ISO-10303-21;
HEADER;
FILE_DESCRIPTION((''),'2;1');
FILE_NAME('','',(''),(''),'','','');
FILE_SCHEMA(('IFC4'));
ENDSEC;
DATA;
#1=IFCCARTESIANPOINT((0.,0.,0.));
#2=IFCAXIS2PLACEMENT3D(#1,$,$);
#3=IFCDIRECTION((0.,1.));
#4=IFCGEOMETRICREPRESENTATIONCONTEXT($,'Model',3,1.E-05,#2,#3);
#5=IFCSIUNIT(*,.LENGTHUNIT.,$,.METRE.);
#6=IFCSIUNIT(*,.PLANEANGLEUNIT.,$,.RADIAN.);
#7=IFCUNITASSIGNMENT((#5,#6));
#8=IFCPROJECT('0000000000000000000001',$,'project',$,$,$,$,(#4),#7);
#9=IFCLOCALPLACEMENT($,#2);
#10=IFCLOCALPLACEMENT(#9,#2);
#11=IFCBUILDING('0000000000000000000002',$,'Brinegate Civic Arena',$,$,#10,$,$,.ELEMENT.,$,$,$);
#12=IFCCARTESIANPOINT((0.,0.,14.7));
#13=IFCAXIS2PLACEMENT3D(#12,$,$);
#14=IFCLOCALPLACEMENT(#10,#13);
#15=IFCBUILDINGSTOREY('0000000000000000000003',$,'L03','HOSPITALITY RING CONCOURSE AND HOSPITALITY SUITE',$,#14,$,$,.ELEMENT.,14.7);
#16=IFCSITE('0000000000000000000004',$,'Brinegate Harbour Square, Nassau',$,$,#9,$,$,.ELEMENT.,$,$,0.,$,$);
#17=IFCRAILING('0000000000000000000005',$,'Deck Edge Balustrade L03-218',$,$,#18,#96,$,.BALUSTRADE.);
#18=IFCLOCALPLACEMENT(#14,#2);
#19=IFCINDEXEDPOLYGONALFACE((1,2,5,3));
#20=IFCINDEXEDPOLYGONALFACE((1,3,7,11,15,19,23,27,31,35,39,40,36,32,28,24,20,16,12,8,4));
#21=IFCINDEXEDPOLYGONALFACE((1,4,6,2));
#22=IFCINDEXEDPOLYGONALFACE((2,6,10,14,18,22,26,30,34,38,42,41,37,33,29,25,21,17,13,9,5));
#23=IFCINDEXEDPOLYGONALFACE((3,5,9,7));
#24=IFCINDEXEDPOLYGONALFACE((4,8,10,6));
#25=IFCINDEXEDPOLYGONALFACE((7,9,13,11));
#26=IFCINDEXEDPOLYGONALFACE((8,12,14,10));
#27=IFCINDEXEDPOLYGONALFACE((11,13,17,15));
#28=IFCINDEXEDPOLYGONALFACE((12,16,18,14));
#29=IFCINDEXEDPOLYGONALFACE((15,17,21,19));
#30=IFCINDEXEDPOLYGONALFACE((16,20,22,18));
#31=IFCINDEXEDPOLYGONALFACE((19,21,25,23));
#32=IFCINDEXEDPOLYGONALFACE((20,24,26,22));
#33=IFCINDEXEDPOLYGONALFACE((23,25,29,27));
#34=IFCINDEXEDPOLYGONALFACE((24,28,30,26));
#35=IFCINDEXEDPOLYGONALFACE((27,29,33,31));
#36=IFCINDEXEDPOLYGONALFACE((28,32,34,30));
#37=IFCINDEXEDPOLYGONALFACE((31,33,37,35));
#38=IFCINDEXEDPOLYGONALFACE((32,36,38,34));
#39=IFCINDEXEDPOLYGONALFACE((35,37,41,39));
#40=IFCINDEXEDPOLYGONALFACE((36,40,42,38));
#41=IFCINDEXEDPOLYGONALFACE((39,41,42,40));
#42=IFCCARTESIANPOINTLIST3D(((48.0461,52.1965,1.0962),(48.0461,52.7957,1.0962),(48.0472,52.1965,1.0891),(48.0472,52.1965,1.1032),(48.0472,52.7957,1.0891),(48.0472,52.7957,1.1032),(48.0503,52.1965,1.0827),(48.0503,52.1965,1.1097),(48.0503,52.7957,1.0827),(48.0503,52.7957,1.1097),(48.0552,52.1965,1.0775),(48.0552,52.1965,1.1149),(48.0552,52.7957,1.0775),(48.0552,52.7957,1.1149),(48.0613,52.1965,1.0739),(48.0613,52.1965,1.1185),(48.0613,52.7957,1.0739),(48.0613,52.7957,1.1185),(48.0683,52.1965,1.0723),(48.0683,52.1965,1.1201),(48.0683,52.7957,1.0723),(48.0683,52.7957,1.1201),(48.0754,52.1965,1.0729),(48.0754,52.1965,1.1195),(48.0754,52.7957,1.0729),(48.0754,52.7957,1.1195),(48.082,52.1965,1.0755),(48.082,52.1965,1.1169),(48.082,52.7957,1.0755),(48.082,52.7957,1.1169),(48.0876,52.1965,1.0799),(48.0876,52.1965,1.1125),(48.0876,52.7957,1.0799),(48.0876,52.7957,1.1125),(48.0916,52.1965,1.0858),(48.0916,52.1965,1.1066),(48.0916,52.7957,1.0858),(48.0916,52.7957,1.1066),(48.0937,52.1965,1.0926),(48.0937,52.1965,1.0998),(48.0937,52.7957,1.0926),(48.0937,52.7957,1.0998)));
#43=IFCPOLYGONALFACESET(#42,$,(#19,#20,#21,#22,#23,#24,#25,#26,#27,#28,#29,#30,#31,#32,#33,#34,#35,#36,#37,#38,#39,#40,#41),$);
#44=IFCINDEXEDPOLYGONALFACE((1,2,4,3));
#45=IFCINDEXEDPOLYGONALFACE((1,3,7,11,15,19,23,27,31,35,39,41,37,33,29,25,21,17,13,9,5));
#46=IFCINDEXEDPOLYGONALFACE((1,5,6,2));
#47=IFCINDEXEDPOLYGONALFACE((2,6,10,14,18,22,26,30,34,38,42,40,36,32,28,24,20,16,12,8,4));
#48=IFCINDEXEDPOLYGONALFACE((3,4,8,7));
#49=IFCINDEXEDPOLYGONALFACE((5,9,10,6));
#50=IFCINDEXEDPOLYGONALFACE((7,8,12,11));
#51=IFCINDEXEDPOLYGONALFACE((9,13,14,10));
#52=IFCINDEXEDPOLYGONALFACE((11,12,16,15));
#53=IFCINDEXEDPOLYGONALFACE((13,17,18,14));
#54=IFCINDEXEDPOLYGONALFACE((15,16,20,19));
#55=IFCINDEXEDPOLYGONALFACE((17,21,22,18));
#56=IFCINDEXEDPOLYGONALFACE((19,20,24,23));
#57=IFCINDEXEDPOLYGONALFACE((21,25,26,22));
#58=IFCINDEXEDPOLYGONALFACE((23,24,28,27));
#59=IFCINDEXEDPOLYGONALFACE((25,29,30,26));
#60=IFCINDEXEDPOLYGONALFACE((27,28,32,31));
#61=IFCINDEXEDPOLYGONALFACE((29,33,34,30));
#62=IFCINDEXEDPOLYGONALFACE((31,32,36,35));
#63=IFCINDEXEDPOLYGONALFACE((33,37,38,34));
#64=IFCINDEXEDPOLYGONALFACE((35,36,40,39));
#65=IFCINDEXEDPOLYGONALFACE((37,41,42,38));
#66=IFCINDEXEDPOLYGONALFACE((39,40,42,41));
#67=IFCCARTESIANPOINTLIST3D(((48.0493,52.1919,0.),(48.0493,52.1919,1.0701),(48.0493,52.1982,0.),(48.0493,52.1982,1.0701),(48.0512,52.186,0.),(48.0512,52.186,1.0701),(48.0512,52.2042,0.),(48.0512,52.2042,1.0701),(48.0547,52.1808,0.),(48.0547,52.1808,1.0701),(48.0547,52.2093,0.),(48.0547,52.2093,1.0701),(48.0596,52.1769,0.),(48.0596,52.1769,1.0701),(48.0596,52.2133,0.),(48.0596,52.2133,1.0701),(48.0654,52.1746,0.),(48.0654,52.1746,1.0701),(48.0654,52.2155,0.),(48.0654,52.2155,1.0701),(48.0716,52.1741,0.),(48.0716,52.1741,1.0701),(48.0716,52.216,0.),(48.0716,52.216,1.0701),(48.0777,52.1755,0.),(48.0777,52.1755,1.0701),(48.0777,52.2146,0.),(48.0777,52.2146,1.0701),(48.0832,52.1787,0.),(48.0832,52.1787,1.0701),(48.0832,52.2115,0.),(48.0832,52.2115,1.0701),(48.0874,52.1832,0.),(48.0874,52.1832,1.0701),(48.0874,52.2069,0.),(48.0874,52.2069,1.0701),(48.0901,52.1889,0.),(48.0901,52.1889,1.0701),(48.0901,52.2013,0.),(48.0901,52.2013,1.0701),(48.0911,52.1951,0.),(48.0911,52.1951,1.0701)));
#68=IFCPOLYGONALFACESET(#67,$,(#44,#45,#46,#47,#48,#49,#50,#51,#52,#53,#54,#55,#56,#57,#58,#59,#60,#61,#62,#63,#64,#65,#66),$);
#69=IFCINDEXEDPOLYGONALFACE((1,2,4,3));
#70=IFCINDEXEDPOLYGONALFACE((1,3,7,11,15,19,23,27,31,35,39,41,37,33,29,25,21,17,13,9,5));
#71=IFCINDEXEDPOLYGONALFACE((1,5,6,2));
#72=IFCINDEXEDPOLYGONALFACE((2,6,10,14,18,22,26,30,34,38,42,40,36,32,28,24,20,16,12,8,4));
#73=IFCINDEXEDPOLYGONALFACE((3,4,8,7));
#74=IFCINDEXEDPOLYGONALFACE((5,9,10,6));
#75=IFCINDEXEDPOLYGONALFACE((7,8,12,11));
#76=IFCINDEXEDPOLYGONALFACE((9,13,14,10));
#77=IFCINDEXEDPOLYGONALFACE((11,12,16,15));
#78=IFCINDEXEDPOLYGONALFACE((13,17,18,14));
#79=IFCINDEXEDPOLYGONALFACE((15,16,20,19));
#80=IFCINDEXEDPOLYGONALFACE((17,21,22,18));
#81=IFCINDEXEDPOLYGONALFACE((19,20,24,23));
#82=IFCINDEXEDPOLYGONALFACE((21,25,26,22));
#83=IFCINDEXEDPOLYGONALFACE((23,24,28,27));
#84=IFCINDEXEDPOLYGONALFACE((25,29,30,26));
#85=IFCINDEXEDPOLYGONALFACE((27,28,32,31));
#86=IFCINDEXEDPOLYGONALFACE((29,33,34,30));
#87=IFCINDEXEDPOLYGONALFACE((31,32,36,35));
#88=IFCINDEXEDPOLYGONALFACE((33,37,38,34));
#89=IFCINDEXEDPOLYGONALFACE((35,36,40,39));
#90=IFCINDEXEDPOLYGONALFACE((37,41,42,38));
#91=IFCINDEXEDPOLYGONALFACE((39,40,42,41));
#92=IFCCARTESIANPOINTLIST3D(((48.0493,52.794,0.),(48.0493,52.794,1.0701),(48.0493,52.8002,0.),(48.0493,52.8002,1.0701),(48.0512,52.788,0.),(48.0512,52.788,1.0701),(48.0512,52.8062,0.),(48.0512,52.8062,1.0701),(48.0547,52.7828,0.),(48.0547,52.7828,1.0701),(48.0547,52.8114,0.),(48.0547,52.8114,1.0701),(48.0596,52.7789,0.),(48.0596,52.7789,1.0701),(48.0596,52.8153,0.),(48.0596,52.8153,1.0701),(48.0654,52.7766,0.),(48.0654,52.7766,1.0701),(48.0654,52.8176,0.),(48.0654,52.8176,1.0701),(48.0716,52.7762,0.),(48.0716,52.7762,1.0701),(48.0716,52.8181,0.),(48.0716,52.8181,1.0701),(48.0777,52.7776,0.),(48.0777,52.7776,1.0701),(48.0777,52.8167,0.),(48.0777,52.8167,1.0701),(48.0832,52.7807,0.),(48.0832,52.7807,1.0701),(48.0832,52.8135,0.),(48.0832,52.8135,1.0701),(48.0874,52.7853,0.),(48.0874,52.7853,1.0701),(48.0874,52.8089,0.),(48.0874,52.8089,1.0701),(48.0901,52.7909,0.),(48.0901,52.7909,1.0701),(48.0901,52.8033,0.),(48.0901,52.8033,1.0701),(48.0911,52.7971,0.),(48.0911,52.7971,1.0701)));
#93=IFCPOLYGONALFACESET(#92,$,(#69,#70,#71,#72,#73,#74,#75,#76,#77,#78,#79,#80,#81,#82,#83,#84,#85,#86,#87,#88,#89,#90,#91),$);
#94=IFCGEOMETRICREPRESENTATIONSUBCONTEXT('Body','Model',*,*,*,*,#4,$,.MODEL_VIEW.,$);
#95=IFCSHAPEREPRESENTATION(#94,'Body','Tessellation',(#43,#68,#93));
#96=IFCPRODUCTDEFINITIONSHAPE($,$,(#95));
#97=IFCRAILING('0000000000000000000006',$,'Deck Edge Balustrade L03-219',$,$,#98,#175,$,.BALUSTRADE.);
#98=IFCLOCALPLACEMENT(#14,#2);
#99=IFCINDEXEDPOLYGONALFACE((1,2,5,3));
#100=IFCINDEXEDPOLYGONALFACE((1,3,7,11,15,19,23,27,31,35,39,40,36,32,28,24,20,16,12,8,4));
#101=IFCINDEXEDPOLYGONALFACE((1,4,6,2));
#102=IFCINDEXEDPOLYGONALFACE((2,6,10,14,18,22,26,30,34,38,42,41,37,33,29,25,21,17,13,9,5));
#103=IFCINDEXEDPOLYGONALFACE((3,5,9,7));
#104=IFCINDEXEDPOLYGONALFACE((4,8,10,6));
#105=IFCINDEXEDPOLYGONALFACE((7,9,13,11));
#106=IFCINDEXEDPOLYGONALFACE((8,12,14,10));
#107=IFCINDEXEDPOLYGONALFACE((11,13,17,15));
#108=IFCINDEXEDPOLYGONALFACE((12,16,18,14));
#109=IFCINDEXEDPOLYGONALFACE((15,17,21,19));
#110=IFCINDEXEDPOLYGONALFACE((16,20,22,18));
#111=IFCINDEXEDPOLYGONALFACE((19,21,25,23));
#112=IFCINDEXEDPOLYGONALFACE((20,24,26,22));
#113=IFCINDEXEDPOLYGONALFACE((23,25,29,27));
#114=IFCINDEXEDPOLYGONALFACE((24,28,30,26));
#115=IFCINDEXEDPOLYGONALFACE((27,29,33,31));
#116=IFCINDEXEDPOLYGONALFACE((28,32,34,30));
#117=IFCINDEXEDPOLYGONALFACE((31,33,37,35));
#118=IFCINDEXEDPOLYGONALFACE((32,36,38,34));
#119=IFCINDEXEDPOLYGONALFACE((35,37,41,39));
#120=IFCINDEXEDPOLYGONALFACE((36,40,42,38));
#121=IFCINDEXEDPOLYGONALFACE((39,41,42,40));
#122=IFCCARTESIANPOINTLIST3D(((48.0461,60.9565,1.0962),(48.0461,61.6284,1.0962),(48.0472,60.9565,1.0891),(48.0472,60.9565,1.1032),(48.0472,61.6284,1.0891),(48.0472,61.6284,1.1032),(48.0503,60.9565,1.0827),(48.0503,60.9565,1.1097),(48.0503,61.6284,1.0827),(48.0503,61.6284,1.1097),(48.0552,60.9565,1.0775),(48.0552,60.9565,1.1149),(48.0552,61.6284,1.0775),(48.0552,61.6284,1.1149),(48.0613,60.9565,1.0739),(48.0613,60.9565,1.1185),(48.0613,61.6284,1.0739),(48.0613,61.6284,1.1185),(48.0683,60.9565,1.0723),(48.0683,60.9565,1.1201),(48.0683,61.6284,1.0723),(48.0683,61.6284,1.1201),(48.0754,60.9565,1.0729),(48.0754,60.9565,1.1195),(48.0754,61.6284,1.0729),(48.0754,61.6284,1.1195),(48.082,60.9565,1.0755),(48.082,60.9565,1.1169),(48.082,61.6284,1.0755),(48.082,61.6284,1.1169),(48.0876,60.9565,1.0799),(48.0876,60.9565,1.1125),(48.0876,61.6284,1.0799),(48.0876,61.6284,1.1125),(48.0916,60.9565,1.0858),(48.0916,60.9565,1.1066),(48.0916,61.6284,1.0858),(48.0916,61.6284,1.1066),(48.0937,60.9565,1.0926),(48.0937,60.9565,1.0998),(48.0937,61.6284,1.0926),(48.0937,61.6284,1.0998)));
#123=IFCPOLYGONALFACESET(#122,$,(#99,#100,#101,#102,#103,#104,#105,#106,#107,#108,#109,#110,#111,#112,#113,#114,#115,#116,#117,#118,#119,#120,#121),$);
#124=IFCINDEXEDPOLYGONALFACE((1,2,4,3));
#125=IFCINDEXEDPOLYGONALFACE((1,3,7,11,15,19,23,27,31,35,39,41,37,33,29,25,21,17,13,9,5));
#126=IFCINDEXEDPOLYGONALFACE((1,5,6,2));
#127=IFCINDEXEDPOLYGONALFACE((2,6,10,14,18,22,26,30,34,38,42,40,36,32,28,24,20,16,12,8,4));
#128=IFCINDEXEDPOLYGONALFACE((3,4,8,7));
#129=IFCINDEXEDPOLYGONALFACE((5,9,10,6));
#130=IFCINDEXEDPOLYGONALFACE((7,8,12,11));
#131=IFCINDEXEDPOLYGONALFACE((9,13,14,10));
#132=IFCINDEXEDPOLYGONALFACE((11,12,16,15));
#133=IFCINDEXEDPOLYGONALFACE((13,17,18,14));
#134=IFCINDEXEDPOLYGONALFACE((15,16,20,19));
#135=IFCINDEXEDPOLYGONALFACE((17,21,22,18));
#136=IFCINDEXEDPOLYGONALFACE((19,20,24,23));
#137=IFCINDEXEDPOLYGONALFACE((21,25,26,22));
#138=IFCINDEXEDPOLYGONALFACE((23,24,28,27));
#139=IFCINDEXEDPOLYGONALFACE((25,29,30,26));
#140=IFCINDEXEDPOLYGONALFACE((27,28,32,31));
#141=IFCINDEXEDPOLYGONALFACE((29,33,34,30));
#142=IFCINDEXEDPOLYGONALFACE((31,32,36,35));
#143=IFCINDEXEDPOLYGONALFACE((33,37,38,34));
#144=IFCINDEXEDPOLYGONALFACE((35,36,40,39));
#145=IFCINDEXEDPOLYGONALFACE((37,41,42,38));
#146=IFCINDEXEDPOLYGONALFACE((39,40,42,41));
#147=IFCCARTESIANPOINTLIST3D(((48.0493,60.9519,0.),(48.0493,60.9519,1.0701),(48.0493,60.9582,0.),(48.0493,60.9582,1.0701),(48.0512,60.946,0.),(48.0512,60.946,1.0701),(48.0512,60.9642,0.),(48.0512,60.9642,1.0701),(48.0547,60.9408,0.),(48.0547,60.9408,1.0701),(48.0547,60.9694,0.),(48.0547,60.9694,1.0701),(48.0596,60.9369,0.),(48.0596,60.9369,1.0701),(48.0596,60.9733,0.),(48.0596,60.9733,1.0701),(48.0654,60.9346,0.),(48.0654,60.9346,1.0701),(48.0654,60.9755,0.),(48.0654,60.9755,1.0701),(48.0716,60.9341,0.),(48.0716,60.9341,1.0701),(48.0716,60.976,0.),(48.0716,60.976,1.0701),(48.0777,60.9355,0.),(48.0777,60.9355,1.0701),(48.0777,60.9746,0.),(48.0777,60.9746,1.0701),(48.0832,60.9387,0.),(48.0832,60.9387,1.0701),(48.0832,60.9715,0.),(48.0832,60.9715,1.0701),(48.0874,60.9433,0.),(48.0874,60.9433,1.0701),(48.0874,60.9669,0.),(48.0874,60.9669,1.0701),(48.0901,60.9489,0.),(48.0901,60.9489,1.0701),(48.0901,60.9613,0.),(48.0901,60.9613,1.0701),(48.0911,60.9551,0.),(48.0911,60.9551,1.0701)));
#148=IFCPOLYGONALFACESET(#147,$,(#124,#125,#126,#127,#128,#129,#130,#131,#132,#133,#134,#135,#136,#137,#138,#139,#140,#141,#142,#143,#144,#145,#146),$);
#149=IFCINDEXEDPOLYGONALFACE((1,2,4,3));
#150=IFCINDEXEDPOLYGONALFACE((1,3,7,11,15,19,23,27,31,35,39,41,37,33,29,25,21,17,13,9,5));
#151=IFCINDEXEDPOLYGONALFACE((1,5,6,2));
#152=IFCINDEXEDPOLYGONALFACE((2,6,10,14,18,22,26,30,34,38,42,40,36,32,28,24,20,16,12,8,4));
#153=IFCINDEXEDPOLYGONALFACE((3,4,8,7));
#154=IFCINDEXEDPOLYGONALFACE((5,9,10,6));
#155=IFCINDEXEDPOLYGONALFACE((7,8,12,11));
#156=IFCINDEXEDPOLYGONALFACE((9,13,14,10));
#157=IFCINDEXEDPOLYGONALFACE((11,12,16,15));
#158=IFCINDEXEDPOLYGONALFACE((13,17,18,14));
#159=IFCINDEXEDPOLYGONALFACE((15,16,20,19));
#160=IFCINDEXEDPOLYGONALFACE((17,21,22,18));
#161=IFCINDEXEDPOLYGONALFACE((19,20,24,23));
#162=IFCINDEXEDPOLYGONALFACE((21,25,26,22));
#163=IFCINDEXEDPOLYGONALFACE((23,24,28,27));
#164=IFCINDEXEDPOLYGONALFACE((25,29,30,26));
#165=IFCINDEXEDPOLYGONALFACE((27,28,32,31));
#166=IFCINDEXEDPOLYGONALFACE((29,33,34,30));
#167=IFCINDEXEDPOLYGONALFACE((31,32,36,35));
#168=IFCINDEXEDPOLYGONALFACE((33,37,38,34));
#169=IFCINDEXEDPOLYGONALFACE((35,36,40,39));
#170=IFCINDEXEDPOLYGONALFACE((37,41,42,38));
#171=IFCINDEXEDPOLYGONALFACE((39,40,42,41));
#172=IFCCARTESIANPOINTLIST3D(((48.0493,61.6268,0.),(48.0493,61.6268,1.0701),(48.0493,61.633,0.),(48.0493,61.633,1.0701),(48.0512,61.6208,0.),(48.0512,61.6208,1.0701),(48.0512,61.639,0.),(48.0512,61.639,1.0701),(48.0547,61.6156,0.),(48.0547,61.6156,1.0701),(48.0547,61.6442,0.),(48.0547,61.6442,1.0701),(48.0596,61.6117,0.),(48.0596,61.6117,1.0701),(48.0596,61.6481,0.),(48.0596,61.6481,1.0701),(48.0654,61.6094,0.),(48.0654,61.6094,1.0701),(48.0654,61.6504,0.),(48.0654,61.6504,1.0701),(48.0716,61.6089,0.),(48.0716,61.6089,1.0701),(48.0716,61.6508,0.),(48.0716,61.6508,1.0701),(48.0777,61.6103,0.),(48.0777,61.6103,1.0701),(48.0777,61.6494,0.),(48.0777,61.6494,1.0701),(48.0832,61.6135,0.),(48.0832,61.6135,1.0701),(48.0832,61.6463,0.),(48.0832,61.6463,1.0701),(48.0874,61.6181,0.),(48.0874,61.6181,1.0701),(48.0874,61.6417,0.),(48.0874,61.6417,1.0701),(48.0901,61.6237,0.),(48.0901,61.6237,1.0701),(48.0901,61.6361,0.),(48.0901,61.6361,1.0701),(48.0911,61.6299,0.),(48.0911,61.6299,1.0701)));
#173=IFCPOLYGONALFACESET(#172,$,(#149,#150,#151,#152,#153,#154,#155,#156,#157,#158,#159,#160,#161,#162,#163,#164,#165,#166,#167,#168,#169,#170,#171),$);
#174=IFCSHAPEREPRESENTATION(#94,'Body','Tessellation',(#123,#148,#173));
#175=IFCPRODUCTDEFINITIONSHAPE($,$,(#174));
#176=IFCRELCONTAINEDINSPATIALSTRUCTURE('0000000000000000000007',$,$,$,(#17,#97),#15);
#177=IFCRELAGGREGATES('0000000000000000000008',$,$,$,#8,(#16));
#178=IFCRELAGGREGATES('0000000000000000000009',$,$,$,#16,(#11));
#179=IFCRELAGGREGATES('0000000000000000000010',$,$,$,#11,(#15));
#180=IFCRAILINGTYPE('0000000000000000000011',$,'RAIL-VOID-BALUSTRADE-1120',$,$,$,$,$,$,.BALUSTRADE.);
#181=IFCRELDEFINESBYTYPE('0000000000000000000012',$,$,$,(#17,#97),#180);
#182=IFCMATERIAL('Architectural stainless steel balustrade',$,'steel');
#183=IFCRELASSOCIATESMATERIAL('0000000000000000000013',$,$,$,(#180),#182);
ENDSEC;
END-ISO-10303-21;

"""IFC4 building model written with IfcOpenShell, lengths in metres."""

from ifc_helpers import new_model, si_unit, direction, frame, origin, origin_2d, place, context, subcontext, project, spatial, circle, extrude, material, type_object, element, save


model = new_model("IFC4")

# Units and contexts
model_context = context("Model", 3, precision=1e-05, world=origin(), true_north=direction((0.0, 1.0)))
body_context = subcontext(model_context, "Body", "Model", "MODEL_VIEW")
ifc_project = project(units=[si_unit("LENGTHUNIT", "METRE"), si_unit("PLANEANGLEUNIT", "RADIAN")], contexts=[model_context])

# Site, building, storey
site_placement = place(None, origin())
site = spatial("IfcSite", under=ifc_project, at=site_placement, Name="Brinegate Harbour Square, Nassau", CompositionType="ELEMENT", RefElevation=0.0)
building_placement = place(site_placement, origin())
building = spatial("IfcBuilding", under=site, at=building_placement, Name="Brinegate Civic Arena", CompositionType="ELEMENT")
storey_placement = place(building_placement, frame((0.0, 0.0, 14.7)))
storey = spatial("IfcBuildingStorey", under=building, at=storey_placement, Name="L03", Description="HOSPITALITY RING CONCOURSE AND HOSPITALITY SUITE", CompositionType="ELEMENT", Elevation=14.7)

# Railings
ifc_material_1 = material(Name="Architectural stainless steel balustrade", Category="steel")
railing_type_1 = type_object("IfcRailingType", Name="RAIL-VOID-BALUSTRADE-1120", PredefinedType="BALUSTRADE", material=ifc_material_1)
railing_1_placement = place(storey_placement, frame((48.0701, 52.1951, 0.0)))
element("IfcRailing", 1, at=railing_1_placement, inside=storey, type_object=railing_type_1, Name="Deck Edge Balustrade L03-218", PredefinedType="BALUSTRADE", context=body_context, shape_type="SweptSolid", body=[
    extrude(circle(Radius=0.0239, at=origin_2d()), frame((0.0, 0.0015, 1.0962), z_axis=(0.0, 1.0, 0.0), x_axis=(-1.0, 0.0, 0.0)), (0.0, 0.0, 1.0), 0.5991),
    extrude(circle(Radius=0.021, at=origin_2d()), origin(), (0.0, 0.0, 1.0), 1.0701),
    extrude(circle(Radius=0.021, at=origin_2d()), frame((0.0, 0.6021, 0.0)), (0.0, 0.0, 1.0), 1.0701),
])
for number, where, name in (
    (2, (48.0701, 60.9551, 0.0), "Deck Edge Balustrade L03-219"),
):
    element("IfcRailing", number, at=place(storey_placement, frame(where)), inside=storey, type_object=railing_type_1, Name=name, PredefinedType="BALUSTRADE", context=body_context, shape_type="SweptSolid", body=[
        extrude(circle(Radius=0.0239, at=origin_2d()), frame((0.0, 0.0015, 1.0962), z_axis=(0.0, 1.0, 0.0), x_axis=(-1.0, 0.0, 0.0)), (0.0, 0.0, 1.0), 0.6719),
        extrude(circle(Radius=0.021, at=origin_2d()), origin(), (0.0, 0.0, 1.0), 1.0701),
        extrude(circle(Radius=0.021, at=origin_2d()), frame((0.0, 0.6748, 0.0)), (0.0, 0.0, 1.0), 1.0701),
    ])

save(model, "model.ifc")
